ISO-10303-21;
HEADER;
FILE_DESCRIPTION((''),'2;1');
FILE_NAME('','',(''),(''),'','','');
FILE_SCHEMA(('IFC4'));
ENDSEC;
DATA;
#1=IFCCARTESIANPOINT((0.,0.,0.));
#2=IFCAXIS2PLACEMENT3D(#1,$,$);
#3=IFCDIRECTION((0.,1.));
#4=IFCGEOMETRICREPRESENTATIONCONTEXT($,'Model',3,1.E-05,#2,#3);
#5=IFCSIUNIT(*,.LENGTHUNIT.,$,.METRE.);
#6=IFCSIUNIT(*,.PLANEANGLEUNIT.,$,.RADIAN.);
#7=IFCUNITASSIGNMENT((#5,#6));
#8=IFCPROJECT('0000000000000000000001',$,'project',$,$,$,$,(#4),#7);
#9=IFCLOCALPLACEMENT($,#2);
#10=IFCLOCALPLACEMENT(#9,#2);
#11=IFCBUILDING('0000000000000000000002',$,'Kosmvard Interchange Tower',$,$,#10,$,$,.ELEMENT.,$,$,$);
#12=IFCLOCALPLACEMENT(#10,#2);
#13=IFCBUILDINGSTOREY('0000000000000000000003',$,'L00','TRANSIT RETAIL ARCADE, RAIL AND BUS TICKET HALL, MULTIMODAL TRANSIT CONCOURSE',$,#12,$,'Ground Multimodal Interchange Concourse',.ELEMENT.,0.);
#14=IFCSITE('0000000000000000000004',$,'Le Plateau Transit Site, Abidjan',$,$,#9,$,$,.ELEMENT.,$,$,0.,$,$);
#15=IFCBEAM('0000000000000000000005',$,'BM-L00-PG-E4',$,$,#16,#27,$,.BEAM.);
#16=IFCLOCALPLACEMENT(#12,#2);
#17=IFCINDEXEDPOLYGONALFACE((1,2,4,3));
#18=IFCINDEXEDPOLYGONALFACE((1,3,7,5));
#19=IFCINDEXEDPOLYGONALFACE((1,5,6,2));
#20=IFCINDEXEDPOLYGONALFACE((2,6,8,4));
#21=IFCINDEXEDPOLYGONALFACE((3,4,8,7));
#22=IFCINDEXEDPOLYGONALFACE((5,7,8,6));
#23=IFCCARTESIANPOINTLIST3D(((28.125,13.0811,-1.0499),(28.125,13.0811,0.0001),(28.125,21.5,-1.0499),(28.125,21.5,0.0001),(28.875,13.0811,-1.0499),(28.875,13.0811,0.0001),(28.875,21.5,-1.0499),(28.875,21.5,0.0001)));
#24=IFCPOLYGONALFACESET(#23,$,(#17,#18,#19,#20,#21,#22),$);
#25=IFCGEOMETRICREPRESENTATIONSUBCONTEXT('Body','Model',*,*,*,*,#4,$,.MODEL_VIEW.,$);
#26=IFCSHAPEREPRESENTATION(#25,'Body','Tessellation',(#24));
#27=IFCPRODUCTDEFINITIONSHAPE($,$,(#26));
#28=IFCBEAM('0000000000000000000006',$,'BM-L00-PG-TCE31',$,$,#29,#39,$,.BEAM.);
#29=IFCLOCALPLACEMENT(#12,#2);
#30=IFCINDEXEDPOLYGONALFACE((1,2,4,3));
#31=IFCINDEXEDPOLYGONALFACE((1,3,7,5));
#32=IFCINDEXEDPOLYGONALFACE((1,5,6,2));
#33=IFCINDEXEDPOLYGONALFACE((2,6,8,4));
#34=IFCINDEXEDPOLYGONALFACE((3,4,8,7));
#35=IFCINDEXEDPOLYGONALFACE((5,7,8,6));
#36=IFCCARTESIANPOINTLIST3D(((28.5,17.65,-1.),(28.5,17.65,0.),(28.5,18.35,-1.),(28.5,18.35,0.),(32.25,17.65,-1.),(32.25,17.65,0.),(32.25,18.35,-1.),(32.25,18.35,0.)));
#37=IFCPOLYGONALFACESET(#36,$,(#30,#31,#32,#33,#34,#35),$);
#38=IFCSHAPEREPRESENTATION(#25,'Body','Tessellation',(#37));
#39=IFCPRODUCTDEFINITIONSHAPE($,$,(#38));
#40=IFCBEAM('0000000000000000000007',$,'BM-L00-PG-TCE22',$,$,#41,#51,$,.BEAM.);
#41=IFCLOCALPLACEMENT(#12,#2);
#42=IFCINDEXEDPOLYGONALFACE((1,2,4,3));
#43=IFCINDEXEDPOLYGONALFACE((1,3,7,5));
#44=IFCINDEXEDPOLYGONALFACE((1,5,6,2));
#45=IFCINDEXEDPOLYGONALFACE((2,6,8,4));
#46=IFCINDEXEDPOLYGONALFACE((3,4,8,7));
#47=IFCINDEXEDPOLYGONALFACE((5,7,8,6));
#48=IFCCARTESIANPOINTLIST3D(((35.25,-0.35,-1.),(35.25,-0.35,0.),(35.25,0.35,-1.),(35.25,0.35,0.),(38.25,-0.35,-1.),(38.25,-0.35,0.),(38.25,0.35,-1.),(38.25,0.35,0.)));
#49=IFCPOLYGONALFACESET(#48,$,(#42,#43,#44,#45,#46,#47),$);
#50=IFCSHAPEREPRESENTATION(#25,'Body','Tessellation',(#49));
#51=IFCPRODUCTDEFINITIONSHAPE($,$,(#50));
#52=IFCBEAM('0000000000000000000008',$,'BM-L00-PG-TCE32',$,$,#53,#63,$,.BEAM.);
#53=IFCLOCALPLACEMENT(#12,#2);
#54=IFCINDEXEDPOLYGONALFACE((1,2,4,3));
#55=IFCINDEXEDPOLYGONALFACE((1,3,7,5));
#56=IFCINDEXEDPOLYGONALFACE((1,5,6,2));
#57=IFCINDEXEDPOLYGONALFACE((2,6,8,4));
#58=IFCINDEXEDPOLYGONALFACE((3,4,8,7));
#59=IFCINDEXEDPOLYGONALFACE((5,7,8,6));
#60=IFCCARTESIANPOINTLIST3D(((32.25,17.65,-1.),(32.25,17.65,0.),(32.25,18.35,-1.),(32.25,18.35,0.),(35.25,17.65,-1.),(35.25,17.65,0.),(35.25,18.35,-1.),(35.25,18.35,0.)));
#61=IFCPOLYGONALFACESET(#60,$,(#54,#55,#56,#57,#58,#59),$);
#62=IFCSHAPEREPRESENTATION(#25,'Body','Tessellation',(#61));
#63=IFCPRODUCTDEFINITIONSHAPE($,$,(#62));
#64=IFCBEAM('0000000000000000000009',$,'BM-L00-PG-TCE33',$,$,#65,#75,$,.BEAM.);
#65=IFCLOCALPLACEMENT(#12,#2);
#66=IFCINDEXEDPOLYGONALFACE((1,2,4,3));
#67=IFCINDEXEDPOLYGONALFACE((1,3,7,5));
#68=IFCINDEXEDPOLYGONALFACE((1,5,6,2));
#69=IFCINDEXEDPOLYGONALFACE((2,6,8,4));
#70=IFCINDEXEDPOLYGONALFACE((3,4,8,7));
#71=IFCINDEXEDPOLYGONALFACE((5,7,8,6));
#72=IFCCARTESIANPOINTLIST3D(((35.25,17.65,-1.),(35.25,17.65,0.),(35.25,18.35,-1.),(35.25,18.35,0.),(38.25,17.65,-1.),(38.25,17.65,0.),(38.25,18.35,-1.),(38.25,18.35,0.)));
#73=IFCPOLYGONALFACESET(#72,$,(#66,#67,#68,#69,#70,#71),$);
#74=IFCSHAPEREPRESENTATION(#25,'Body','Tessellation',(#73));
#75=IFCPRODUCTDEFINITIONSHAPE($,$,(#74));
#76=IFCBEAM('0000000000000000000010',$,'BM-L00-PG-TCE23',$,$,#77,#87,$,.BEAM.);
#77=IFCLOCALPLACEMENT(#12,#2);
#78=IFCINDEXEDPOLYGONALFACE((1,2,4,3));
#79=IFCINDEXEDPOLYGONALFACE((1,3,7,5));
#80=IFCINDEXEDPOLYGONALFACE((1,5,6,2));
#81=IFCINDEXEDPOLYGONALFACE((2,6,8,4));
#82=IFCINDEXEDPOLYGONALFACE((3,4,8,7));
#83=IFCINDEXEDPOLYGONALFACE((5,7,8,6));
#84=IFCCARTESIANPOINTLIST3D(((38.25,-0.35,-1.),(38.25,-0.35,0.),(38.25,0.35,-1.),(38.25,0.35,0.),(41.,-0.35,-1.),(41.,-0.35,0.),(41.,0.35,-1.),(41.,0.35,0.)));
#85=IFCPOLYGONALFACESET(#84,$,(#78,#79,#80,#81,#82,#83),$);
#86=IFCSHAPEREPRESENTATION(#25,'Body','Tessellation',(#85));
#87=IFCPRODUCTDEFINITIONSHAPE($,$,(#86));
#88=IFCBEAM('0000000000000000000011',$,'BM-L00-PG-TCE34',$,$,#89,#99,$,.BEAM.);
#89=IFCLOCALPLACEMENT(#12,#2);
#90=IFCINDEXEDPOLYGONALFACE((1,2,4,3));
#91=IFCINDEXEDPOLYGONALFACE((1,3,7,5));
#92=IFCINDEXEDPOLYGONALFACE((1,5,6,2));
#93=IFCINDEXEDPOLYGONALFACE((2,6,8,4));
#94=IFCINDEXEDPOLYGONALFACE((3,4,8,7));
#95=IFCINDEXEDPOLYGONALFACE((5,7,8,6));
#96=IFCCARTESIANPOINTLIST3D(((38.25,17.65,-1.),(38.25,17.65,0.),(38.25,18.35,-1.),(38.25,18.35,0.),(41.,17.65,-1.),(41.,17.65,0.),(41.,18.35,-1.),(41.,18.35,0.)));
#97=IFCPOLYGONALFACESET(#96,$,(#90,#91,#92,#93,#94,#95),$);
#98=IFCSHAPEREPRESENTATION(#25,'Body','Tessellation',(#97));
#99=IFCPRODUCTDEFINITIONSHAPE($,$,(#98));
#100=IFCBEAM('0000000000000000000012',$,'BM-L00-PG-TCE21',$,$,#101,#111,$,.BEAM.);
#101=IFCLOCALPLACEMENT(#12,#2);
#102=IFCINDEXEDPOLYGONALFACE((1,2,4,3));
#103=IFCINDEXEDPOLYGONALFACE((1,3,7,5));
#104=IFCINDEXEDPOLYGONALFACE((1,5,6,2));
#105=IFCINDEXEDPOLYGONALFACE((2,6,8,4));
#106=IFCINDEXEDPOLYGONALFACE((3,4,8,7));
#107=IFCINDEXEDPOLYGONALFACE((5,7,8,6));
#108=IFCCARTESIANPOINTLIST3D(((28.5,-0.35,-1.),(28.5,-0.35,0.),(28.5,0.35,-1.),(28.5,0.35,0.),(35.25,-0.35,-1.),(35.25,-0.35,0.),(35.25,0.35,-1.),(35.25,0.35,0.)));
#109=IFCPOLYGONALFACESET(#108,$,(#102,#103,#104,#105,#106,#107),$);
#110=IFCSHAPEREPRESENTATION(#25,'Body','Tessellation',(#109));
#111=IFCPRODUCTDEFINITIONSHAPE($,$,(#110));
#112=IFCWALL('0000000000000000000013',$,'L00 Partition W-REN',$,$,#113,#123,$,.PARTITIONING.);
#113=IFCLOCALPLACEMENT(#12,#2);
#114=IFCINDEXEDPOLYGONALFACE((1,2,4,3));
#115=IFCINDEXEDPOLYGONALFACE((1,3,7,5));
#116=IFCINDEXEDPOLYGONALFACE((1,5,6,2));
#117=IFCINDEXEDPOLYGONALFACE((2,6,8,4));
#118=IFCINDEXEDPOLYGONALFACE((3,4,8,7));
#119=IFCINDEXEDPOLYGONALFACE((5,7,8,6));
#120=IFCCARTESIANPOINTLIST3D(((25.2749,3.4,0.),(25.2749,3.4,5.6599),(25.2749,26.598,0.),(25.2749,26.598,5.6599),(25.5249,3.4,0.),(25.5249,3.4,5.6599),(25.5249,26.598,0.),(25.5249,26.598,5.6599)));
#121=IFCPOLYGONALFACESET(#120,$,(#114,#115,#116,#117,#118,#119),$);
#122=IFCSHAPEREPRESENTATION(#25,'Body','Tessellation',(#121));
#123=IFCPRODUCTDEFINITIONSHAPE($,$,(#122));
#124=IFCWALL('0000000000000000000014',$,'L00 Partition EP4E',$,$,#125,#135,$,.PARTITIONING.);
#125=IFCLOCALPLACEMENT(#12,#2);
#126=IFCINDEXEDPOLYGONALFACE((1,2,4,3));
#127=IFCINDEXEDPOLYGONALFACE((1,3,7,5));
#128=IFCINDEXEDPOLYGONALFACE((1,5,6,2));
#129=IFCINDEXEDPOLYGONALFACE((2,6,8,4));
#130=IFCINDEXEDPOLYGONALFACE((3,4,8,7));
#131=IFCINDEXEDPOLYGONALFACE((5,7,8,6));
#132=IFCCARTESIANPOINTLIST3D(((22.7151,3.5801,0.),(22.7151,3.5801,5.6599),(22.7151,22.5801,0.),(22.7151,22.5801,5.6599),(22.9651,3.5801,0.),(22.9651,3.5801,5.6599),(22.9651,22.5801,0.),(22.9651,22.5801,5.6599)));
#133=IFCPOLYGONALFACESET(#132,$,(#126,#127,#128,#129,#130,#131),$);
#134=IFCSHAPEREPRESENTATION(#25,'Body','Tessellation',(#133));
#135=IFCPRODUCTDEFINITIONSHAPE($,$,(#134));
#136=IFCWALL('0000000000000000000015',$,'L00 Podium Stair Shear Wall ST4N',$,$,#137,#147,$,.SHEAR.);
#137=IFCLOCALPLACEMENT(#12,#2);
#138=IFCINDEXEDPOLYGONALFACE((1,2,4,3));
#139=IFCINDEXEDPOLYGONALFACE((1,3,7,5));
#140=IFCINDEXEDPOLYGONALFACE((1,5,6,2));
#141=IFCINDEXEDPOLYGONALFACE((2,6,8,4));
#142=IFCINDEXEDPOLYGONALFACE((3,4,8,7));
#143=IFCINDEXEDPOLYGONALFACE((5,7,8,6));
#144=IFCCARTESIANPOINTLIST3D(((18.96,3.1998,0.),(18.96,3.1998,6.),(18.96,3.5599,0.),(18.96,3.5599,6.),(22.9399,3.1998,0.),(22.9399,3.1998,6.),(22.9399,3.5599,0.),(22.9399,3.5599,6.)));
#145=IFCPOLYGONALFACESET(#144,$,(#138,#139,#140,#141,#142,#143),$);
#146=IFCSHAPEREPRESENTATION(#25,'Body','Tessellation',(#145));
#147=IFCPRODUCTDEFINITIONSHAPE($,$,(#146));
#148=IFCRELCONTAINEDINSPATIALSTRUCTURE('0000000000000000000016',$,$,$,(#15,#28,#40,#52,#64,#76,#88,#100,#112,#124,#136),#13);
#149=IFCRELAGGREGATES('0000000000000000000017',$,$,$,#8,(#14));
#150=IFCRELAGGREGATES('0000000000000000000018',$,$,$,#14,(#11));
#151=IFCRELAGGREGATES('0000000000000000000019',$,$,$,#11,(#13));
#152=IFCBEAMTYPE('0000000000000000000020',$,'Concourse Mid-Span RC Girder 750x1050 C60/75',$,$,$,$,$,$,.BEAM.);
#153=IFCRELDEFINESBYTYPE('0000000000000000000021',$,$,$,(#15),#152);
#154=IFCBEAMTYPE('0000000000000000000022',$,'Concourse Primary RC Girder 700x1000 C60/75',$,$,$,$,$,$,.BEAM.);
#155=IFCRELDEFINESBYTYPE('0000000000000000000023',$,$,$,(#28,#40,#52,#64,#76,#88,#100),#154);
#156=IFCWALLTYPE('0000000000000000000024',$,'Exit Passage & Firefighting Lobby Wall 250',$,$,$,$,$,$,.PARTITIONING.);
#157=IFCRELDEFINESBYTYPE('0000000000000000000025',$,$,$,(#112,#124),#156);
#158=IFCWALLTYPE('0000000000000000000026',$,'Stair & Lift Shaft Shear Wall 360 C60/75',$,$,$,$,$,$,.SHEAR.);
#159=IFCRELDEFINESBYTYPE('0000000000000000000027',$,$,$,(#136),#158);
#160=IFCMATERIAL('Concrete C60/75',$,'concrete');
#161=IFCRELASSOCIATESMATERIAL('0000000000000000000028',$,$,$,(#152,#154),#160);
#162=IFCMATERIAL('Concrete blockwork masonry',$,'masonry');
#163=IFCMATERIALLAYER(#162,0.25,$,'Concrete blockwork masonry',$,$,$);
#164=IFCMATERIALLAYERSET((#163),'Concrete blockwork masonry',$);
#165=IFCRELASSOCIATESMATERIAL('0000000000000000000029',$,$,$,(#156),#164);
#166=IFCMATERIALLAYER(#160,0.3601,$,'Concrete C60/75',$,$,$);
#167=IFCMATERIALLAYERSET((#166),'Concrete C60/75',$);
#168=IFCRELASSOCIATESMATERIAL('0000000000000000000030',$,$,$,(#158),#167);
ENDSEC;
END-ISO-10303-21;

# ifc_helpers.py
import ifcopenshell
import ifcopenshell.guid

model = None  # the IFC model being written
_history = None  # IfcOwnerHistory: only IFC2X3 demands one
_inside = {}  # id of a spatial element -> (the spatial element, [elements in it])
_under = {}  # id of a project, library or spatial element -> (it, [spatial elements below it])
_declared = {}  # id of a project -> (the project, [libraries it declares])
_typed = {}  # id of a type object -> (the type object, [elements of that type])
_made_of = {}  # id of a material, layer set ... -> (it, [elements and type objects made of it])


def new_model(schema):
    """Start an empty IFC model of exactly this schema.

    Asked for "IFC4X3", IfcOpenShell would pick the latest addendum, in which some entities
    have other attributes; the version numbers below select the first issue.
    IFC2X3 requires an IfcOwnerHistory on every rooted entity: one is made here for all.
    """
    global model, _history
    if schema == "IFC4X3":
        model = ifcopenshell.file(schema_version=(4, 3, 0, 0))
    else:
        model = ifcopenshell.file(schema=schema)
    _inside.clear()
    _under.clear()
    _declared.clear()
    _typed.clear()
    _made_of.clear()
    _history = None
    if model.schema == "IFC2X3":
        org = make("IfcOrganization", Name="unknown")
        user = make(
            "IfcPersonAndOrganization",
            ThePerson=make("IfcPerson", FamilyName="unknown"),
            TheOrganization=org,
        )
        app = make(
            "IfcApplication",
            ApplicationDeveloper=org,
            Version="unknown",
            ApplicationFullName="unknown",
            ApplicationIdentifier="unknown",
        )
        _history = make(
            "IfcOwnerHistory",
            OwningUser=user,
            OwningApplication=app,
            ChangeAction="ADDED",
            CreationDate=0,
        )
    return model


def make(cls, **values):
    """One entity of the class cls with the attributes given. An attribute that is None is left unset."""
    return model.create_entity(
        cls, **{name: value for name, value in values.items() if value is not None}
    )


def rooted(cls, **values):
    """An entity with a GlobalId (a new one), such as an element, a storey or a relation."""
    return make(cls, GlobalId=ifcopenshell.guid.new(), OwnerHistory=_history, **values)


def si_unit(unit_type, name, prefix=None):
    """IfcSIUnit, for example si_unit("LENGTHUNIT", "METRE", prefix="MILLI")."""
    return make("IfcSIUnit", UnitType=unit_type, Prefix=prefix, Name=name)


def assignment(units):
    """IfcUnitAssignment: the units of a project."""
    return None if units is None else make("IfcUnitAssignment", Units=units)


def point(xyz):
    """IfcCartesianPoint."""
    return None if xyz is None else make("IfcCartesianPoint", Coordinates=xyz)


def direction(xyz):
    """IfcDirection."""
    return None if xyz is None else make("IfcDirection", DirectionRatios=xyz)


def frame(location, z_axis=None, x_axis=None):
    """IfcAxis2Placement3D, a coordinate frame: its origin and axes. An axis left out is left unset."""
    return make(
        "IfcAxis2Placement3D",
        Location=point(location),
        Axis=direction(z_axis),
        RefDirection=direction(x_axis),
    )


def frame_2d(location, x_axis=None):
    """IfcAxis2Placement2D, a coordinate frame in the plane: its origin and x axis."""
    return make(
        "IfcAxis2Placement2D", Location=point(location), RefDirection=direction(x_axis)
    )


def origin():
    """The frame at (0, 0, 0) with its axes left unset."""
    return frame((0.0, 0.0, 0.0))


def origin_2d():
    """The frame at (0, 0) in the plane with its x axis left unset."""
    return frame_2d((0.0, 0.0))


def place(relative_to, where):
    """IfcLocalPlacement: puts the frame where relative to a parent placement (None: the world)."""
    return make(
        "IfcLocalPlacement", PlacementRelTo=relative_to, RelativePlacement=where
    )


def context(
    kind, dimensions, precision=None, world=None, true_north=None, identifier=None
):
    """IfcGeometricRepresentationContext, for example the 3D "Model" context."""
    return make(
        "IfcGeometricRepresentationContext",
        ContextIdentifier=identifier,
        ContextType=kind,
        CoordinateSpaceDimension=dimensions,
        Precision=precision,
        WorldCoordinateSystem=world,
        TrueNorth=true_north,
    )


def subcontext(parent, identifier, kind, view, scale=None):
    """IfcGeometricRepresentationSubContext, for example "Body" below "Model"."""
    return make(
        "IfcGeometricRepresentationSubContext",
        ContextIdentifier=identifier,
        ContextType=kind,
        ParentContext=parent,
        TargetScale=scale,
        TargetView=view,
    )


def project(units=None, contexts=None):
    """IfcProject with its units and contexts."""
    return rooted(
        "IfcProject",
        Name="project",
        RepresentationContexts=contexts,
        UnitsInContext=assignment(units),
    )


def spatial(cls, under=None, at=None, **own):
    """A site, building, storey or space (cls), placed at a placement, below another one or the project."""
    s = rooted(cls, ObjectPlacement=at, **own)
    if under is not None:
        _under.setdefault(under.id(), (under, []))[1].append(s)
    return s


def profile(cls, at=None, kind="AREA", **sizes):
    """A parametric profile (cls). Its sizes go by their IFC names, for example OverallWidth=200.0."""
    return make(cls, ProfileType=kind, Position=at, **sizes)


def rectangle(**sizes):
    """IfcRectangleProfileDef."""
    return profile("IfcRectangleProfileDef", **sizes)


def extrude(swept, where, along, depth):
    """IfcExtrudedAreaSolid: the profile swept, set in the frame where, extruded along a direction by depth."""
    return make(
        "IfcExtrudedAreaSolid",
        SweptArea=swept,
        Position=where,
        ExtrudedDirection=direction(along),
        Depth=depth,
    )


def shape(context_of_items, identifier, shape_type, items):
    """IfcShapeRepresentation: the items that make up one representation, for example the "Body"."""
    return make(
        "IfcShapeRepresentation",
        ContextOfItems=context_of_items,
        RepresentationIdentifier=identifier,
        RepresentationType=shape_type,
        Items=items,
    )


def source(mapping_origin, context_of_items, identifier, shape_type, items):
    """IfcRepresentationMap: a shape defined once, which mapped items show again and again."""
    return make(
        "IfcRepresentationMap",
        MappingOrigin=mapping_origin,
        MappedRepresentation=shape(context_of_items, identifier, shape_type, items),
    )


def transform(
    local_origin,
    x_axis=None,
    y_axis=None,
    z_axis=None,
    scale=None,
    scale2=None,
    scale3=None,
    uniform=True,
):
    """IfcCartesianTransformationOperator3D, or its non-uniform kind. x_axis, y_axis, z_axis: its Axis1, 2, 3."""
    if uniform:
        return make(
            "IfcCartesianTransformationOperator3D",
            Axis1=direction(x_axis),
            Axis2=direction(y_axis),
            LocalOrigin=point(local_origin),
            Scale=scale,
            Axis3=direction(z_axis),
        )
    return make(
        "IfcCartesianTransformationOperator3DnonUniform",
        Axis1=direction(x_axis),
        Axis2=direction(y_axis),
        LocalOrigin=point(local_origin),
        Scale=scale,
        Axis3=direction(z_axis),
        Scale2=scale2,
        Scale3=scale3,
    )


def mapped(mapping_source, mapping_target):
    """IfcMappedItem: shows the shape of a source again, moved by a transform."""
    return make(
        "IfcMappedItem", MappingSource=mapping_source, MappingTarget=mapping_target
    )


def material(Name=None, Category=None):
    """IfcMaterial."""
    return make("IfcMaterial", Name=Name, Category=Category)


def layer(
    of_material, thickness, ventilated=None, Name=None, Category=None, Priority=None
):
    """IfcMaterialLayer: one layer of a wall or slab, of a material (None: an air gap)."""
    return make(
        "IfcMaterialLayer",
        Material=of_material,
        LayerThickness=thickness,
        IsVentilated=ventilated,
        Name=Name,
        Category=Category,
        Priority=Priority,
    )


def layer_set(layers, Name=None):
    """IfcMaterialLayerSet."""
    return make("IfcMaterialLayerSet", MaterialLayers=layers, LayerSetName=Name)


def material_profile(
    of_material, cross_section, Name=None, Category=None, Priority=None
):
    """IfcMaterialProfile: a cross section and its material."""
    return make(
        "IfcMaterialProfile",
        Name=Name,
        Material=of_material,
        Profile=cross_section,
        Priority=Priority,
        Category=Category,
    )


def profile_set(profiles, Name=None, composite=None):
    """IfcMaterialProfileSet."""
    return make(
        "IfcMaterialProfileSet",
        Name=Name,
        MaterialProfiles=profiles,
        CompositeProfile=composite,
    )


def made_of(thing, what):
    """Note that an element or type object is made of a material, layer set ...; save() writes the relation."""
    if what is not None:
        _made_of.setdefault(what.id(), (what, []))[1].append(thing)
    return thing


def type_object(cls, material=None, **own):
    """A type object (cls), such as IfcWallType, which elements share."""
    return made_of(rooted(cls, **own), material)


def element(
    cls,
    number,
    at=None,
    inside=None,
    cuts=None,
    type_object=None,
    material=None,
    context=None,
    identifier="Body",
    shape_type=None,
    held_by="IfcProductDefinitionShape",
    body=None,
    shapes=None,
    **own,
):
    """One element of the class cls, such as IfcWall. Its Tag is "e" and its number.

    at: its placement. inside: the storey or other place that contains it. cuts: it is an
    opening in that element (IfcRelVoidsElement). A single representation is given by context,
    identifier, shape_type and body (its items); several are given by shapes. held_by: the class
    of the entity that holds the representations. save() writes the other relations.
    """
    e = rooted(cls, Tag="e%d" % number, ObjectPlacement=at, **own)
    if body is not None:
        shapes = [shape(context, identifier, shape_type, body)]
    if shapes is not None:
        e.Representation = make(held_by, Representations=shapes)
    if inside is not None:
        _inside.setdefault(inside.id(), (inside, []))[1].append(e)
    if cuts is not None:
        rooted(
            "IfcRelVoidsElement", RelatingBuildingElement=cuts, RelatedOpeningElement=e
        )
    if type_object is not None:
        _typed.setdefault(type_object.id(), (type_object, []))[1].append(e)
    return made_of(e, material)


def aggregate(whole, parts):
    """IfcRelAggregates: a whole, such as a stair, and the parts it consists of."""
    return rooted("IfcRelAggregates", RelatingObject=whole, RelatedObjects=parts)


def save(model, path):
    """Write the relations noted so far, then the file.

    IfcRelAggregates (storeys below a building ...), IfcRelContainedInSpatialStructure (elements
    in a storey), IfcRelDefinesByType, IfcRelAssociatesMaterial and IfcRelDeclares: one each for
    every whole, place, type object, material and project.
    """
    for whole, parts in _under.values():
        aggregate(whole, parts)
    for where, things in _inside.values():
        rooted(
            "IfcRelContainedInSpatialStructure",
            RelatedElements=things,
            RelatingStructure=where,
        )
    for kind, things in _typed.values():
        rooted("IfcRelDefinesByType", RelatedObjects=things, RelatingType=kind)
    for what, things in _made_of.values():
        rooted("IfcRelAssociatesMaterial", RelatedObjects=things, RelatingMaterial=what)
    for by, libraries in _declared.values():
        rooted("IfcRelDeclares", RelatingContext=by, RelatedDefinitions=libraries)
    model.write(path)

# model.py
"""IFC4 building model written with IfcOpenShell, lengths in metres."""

from ifc_helpers import new_model, si_unit, direction, frame, frame_2d, origin, origin_2d, place, context, subcontext, project, spatial, rectangle, extrude, source, transform, mapped, material, layer, layer_set, material_profile, profile_set, type_object, element, save


model = new_model("IFC4")

# Units and contexts
model_context = context("Model", 3, precision=1e-05, world=origin(), true_north=direction((0.0, 1.0)))
body_context = subcontext(model_context, "Body", "Model", "MODEL_VIEW")
ifc_project = project(units=[si_unit("LENGTHUNIT", "METRE"), si_unit("PLANEANGLEUNIT", "RADIAN")], contexts=[model_context])

# Site, building, storey
site_placement = place(None, origin())
site = spatial("IfcSite", under=ifc_project, at=site_placement, Name="Le Plateau Transit Site, Abidjan", CompositionType="ELEMENT", RefElevation=0.0)
building_placement = place(site_placement, origin())
building = spatial("IfcBuilding", under=site, at=building_placement, Name="Kosmvard Interchange Tower", CompositionType="ELEMENT")
storey_placement = place(building_placement, origin())
storey = spatial("IfcBuildingStorey", under=building, at=storey_placement, Name="L00", Description="TRANSIT RETAIL ARCADE, RAIL AND BUS TICKET HALL, MULTIMODAL TRANSIT CONCOURSE", LongName="Ground Multimodal Interchange Concourse", CompositionType="ELEMENT", Elevation=0.0)

# Shared definitions
ifc_material_1 = material(Name="Concrete C60/75", Category="concrete")

# Beams
ifc_material_profile_1 = material_profile(ifc_material_1, rectangle(XDim=0.75, YDim=1.05, at=origin_2d()), Name="RCG 750x1050")
ifc_profile_set_1 = profile_set([ifc_material_profile_1], Name="Concrete C60/75")
beam_type_1 = type_object("IfcBeamType", Name="Concourse Mid-Span RC Girder 750x1050 C60/75", PredefinedType="BEAM", material=ifc_profile_set_1)
shared_shape_1 = source(origin(), body_context, "Body", "SweptSolid", [
    extrude(rectangle(XDim=0.75, YDim=1.05, at=origin_2d()), origin(), (0.0, 0.0, 1.0), 8.4189),
])
beam_1_placement = place(storey_placement, frame((28.5, 13.0811, -0.5249), z_axis=(0.0, 1.0, 0.0), x_axis=(-1.0, 0.0, 0.0)))
element("IfcBeam", 1, at=beam_1_placement, inside=storey, type_object=beam_type_1, Name="BM-L00-PG-E4", PredefinedType="BEAM", context=body_context, shape_type="MappedRepresentation", body=[
    mapped(shared_shape_1, transform((0.0, 0.0, 0.0), scale=1.0)),
])
ifc_material_profile_2 = material_profile(ifc_material_1, rectangle(XDim=0.7, YDim=1.0, at=origin_2d()), Name="RCG 700x1000")
ifc_profile_set_2 = profile_set([ifc_material_profile_2], Name="Concrete C60/75")
beam_type_2 = type_object("IfcBeamType", Name="Concourse Primary RC Girder 700x1000 C60/75", PredefinedType="BEAM", material=ifc_profile_set_2)
shared_shape_2 = source(origin(), body_context, "Body", "SweptSolid", [
    extrude(rectangle(XDim=0.7, YDim=1.0, at=origin_2d()), origin(), (0.0, 0.0, 1.0), 3.75),
])
beam_2_placement = place(storey_placement, frame((28.5, 18.0, -0.5), z_axis=(1.0, 0.0, 0.0), x_axis=(0.0, 1.0, 0.0)))
element("IfcBeam", 2, at=beam_2_placement, inside=storey, type_object=beam_type_2, Name="BM-L00-PG-TCE31", PredefinedType="BEAM", context=body_context, shape_type="MappedRepresentation", body=[
    mapped(shared_shape_2, transform((0.0, 0.0, 0.0), scale=1.0)),
])
shared_shape_3 = source(origin(), body_context, "Body", "SweptSolid", [
    extrude(rectangle(XDim=0.7, YDim=1.0, at=origin_2d()), origin(), (0.0, 0.0, 1.0), 3.0),
])
for number, where, z_axis, x_axis, name in (
    (3, (35.25, 0.0, -0.5), (1.0, 0.0, 0.0), (0.0, 1.0, 0.0), "BM-L00-PG-TCE22"),
    (4, (32.25, 18.0, -0.5), (1.0, 0.0, 0.0), (0.0, 1.0, 0.0), "BM-L00-PG-TCE32"),
    (5, (35.25, 18.0, -0.5), (1.0, 0.0, 0.0), (0.0, 1.0, 0.0), "BM-L00-PG-TCE33"),
):
    element("IfcBeam", number, at=place(storey_placement, frame(where, z_axis=z_axis, x_axis=x_axis)), inside=storey, type_object=beam_type_2, Name=name, PredefinedType="BEAM", context=body_context, shape_type="MappedRepresentation", body=[
        mapped(shared_shape_3, transform((0.0, 0.0, 0.0), scale=1.0)),
    ])
shared_shape_4 = source(origin(), body_context, "Body", "SweptSolid", [
    extrude(rectangle(XDim=0.7, YDim=1.0, at=origin_2d()), origin(), (0.0, 0.0, 1.0), 2.75),
])
for number, where, z_axis, x_axis, name in (
    (6, (38.25, 0.0, -0.5), (1.0, 0.0, 0.0), (0.0, 1.0, 0.0), "BM-L00-PG-TCE23"),
    (7, (38.25, 18.0, -0.5), (1.0, 0.0, 0.0), (0.0, 1.0, 0.0), "BM-L00-PG-TCE34"),
):
    element("IfcBeam", number, at=place(storey_placement, frame(where, z_axis=z_axis, x_axis=x_axis)), inside=storey, type_object=beam_type_2, Name=name, PredefinedType="BEAM", context=body_context, shape_type="MappedRepresentation", body=[
        mapped(shared_shape_4, transform((0.0, 0.0, 0.0), scale=1.0)),
    ])
shared_shape_5 = source(origin(), body_context, "Body", "SweptSolid", [
    extrude(rectangle(XDim=0.7, YDim=1.0, at=origin_2d()), origin(), (0.0, 0.0, 1.0), 6.75),
])
beam_3_placement = place(storey_placement, frame((28.5, 0.0, -0.5), z_axis=(1.0, 0.0, 0.0), x_axis=(0.0, 1.0, 0.0)))
element("IfcBeam", 8, at=beam_3_placement, inside=storey, type_object=beam_type_2, Name="BM-L00-PG-TCE21", PredefinedType="BEAM", context=body_context, shape_type="MappedRepresentation", body=[
    mapped(shared_shape_5, transform((0.0, 0.0, 0.0), scale=1.0)),
])

# Walls
ifc_material_2 = material(Name="Concrete blockwork masonry", Category="masonry")
ifc_layer_1 = layer(ifc_material_2, 0.25, Name="Concrete blockwork masonry")
ifc_layer_set_1 = layer_set([ifc_layer_1], Name="Concrete blockwork masonry")
wall_type_1 = type_object("IfcWallType", Name="Exit Passage & Firefighting Lobby Wall 250", PredefinedType="PARTITIONING", material=ifc_layer_set_1)
wall_1_placement = place(storey_placement, frame((25.3999, 3.3999, 0.0), z_axis=(0.0, 0.0, 1.0), x_axis=(0.0, 1.0, 0.0)))
element("IfcWall", 9, at=wall_1_placement, inside=storey, type_object=wall_type_1, Name="L00 Partition W-REN", PredefinedType="PARTITIONING", context=body_context, shape_type="SweptSolid", body=[
    extrude(rectangle(XDim=23.198, YDim=0.25, at=frame_2d((11.5991, 0.0))), origin(), (0.0, 0.0, 1.0), 5.6599),
])
wall_2_placement = place(storey_placement, frame((22.8401, 3.5801, 0.0), z_axis=(0.0, 0.0, 1.0), x_axis=(0.0, 1.0, 0.0)))
element("IfcWall", 10, at=wall_2_placement, inside=storey, type_object=wall_type_1, Name="L00 Partition EP4E", PredefinedType="PARTITIONING", context=body_context, shape_type="SweptSolid", body=[
    extrude(rectangle(XDim=19.0, YDim=0.25, at=frame_2d((9.5, 0.0))), origin(), (0.0, 0.0, 1.0), 5.6599),
])
ifc_layer_2 = layer(ifc_material_1, 0.3601, Name="Concrete C60/75")
ifc_layer_set_2 = layer_set([ifc_layer_2], Name="Concrete C60/75")
wall_type_2 = type_object("IfcWallType", Name="Stair & Lift Shaft Shear Wall 360 C60/75", PredefinedType="SHEAR", material=ifc_layer_set_2)
wall_3_placement = place(storey_placement, frame((18.96, 3.3799, 0.0), z_axis=(0.0, 0.0, 1.0), x_axis=(1.0, 0.0, 0.0)))
element("IfcWall", 11, at=wall_3_placement, inside=storey, type_object=wall_type_2, Name="L00 Podium Stair Shear Wall ST4N", PredefinedType="SHEAR", context=body_context, shape_type="SweptSolid", body=[
    extrude(rectangle(XDim=3.98, YDim=0.3601, at=frame_2d((1.99, 0.0))), origin(), (0.0, 0.0, 1.0), 6.0),
])

save(model, "model.ifc")
